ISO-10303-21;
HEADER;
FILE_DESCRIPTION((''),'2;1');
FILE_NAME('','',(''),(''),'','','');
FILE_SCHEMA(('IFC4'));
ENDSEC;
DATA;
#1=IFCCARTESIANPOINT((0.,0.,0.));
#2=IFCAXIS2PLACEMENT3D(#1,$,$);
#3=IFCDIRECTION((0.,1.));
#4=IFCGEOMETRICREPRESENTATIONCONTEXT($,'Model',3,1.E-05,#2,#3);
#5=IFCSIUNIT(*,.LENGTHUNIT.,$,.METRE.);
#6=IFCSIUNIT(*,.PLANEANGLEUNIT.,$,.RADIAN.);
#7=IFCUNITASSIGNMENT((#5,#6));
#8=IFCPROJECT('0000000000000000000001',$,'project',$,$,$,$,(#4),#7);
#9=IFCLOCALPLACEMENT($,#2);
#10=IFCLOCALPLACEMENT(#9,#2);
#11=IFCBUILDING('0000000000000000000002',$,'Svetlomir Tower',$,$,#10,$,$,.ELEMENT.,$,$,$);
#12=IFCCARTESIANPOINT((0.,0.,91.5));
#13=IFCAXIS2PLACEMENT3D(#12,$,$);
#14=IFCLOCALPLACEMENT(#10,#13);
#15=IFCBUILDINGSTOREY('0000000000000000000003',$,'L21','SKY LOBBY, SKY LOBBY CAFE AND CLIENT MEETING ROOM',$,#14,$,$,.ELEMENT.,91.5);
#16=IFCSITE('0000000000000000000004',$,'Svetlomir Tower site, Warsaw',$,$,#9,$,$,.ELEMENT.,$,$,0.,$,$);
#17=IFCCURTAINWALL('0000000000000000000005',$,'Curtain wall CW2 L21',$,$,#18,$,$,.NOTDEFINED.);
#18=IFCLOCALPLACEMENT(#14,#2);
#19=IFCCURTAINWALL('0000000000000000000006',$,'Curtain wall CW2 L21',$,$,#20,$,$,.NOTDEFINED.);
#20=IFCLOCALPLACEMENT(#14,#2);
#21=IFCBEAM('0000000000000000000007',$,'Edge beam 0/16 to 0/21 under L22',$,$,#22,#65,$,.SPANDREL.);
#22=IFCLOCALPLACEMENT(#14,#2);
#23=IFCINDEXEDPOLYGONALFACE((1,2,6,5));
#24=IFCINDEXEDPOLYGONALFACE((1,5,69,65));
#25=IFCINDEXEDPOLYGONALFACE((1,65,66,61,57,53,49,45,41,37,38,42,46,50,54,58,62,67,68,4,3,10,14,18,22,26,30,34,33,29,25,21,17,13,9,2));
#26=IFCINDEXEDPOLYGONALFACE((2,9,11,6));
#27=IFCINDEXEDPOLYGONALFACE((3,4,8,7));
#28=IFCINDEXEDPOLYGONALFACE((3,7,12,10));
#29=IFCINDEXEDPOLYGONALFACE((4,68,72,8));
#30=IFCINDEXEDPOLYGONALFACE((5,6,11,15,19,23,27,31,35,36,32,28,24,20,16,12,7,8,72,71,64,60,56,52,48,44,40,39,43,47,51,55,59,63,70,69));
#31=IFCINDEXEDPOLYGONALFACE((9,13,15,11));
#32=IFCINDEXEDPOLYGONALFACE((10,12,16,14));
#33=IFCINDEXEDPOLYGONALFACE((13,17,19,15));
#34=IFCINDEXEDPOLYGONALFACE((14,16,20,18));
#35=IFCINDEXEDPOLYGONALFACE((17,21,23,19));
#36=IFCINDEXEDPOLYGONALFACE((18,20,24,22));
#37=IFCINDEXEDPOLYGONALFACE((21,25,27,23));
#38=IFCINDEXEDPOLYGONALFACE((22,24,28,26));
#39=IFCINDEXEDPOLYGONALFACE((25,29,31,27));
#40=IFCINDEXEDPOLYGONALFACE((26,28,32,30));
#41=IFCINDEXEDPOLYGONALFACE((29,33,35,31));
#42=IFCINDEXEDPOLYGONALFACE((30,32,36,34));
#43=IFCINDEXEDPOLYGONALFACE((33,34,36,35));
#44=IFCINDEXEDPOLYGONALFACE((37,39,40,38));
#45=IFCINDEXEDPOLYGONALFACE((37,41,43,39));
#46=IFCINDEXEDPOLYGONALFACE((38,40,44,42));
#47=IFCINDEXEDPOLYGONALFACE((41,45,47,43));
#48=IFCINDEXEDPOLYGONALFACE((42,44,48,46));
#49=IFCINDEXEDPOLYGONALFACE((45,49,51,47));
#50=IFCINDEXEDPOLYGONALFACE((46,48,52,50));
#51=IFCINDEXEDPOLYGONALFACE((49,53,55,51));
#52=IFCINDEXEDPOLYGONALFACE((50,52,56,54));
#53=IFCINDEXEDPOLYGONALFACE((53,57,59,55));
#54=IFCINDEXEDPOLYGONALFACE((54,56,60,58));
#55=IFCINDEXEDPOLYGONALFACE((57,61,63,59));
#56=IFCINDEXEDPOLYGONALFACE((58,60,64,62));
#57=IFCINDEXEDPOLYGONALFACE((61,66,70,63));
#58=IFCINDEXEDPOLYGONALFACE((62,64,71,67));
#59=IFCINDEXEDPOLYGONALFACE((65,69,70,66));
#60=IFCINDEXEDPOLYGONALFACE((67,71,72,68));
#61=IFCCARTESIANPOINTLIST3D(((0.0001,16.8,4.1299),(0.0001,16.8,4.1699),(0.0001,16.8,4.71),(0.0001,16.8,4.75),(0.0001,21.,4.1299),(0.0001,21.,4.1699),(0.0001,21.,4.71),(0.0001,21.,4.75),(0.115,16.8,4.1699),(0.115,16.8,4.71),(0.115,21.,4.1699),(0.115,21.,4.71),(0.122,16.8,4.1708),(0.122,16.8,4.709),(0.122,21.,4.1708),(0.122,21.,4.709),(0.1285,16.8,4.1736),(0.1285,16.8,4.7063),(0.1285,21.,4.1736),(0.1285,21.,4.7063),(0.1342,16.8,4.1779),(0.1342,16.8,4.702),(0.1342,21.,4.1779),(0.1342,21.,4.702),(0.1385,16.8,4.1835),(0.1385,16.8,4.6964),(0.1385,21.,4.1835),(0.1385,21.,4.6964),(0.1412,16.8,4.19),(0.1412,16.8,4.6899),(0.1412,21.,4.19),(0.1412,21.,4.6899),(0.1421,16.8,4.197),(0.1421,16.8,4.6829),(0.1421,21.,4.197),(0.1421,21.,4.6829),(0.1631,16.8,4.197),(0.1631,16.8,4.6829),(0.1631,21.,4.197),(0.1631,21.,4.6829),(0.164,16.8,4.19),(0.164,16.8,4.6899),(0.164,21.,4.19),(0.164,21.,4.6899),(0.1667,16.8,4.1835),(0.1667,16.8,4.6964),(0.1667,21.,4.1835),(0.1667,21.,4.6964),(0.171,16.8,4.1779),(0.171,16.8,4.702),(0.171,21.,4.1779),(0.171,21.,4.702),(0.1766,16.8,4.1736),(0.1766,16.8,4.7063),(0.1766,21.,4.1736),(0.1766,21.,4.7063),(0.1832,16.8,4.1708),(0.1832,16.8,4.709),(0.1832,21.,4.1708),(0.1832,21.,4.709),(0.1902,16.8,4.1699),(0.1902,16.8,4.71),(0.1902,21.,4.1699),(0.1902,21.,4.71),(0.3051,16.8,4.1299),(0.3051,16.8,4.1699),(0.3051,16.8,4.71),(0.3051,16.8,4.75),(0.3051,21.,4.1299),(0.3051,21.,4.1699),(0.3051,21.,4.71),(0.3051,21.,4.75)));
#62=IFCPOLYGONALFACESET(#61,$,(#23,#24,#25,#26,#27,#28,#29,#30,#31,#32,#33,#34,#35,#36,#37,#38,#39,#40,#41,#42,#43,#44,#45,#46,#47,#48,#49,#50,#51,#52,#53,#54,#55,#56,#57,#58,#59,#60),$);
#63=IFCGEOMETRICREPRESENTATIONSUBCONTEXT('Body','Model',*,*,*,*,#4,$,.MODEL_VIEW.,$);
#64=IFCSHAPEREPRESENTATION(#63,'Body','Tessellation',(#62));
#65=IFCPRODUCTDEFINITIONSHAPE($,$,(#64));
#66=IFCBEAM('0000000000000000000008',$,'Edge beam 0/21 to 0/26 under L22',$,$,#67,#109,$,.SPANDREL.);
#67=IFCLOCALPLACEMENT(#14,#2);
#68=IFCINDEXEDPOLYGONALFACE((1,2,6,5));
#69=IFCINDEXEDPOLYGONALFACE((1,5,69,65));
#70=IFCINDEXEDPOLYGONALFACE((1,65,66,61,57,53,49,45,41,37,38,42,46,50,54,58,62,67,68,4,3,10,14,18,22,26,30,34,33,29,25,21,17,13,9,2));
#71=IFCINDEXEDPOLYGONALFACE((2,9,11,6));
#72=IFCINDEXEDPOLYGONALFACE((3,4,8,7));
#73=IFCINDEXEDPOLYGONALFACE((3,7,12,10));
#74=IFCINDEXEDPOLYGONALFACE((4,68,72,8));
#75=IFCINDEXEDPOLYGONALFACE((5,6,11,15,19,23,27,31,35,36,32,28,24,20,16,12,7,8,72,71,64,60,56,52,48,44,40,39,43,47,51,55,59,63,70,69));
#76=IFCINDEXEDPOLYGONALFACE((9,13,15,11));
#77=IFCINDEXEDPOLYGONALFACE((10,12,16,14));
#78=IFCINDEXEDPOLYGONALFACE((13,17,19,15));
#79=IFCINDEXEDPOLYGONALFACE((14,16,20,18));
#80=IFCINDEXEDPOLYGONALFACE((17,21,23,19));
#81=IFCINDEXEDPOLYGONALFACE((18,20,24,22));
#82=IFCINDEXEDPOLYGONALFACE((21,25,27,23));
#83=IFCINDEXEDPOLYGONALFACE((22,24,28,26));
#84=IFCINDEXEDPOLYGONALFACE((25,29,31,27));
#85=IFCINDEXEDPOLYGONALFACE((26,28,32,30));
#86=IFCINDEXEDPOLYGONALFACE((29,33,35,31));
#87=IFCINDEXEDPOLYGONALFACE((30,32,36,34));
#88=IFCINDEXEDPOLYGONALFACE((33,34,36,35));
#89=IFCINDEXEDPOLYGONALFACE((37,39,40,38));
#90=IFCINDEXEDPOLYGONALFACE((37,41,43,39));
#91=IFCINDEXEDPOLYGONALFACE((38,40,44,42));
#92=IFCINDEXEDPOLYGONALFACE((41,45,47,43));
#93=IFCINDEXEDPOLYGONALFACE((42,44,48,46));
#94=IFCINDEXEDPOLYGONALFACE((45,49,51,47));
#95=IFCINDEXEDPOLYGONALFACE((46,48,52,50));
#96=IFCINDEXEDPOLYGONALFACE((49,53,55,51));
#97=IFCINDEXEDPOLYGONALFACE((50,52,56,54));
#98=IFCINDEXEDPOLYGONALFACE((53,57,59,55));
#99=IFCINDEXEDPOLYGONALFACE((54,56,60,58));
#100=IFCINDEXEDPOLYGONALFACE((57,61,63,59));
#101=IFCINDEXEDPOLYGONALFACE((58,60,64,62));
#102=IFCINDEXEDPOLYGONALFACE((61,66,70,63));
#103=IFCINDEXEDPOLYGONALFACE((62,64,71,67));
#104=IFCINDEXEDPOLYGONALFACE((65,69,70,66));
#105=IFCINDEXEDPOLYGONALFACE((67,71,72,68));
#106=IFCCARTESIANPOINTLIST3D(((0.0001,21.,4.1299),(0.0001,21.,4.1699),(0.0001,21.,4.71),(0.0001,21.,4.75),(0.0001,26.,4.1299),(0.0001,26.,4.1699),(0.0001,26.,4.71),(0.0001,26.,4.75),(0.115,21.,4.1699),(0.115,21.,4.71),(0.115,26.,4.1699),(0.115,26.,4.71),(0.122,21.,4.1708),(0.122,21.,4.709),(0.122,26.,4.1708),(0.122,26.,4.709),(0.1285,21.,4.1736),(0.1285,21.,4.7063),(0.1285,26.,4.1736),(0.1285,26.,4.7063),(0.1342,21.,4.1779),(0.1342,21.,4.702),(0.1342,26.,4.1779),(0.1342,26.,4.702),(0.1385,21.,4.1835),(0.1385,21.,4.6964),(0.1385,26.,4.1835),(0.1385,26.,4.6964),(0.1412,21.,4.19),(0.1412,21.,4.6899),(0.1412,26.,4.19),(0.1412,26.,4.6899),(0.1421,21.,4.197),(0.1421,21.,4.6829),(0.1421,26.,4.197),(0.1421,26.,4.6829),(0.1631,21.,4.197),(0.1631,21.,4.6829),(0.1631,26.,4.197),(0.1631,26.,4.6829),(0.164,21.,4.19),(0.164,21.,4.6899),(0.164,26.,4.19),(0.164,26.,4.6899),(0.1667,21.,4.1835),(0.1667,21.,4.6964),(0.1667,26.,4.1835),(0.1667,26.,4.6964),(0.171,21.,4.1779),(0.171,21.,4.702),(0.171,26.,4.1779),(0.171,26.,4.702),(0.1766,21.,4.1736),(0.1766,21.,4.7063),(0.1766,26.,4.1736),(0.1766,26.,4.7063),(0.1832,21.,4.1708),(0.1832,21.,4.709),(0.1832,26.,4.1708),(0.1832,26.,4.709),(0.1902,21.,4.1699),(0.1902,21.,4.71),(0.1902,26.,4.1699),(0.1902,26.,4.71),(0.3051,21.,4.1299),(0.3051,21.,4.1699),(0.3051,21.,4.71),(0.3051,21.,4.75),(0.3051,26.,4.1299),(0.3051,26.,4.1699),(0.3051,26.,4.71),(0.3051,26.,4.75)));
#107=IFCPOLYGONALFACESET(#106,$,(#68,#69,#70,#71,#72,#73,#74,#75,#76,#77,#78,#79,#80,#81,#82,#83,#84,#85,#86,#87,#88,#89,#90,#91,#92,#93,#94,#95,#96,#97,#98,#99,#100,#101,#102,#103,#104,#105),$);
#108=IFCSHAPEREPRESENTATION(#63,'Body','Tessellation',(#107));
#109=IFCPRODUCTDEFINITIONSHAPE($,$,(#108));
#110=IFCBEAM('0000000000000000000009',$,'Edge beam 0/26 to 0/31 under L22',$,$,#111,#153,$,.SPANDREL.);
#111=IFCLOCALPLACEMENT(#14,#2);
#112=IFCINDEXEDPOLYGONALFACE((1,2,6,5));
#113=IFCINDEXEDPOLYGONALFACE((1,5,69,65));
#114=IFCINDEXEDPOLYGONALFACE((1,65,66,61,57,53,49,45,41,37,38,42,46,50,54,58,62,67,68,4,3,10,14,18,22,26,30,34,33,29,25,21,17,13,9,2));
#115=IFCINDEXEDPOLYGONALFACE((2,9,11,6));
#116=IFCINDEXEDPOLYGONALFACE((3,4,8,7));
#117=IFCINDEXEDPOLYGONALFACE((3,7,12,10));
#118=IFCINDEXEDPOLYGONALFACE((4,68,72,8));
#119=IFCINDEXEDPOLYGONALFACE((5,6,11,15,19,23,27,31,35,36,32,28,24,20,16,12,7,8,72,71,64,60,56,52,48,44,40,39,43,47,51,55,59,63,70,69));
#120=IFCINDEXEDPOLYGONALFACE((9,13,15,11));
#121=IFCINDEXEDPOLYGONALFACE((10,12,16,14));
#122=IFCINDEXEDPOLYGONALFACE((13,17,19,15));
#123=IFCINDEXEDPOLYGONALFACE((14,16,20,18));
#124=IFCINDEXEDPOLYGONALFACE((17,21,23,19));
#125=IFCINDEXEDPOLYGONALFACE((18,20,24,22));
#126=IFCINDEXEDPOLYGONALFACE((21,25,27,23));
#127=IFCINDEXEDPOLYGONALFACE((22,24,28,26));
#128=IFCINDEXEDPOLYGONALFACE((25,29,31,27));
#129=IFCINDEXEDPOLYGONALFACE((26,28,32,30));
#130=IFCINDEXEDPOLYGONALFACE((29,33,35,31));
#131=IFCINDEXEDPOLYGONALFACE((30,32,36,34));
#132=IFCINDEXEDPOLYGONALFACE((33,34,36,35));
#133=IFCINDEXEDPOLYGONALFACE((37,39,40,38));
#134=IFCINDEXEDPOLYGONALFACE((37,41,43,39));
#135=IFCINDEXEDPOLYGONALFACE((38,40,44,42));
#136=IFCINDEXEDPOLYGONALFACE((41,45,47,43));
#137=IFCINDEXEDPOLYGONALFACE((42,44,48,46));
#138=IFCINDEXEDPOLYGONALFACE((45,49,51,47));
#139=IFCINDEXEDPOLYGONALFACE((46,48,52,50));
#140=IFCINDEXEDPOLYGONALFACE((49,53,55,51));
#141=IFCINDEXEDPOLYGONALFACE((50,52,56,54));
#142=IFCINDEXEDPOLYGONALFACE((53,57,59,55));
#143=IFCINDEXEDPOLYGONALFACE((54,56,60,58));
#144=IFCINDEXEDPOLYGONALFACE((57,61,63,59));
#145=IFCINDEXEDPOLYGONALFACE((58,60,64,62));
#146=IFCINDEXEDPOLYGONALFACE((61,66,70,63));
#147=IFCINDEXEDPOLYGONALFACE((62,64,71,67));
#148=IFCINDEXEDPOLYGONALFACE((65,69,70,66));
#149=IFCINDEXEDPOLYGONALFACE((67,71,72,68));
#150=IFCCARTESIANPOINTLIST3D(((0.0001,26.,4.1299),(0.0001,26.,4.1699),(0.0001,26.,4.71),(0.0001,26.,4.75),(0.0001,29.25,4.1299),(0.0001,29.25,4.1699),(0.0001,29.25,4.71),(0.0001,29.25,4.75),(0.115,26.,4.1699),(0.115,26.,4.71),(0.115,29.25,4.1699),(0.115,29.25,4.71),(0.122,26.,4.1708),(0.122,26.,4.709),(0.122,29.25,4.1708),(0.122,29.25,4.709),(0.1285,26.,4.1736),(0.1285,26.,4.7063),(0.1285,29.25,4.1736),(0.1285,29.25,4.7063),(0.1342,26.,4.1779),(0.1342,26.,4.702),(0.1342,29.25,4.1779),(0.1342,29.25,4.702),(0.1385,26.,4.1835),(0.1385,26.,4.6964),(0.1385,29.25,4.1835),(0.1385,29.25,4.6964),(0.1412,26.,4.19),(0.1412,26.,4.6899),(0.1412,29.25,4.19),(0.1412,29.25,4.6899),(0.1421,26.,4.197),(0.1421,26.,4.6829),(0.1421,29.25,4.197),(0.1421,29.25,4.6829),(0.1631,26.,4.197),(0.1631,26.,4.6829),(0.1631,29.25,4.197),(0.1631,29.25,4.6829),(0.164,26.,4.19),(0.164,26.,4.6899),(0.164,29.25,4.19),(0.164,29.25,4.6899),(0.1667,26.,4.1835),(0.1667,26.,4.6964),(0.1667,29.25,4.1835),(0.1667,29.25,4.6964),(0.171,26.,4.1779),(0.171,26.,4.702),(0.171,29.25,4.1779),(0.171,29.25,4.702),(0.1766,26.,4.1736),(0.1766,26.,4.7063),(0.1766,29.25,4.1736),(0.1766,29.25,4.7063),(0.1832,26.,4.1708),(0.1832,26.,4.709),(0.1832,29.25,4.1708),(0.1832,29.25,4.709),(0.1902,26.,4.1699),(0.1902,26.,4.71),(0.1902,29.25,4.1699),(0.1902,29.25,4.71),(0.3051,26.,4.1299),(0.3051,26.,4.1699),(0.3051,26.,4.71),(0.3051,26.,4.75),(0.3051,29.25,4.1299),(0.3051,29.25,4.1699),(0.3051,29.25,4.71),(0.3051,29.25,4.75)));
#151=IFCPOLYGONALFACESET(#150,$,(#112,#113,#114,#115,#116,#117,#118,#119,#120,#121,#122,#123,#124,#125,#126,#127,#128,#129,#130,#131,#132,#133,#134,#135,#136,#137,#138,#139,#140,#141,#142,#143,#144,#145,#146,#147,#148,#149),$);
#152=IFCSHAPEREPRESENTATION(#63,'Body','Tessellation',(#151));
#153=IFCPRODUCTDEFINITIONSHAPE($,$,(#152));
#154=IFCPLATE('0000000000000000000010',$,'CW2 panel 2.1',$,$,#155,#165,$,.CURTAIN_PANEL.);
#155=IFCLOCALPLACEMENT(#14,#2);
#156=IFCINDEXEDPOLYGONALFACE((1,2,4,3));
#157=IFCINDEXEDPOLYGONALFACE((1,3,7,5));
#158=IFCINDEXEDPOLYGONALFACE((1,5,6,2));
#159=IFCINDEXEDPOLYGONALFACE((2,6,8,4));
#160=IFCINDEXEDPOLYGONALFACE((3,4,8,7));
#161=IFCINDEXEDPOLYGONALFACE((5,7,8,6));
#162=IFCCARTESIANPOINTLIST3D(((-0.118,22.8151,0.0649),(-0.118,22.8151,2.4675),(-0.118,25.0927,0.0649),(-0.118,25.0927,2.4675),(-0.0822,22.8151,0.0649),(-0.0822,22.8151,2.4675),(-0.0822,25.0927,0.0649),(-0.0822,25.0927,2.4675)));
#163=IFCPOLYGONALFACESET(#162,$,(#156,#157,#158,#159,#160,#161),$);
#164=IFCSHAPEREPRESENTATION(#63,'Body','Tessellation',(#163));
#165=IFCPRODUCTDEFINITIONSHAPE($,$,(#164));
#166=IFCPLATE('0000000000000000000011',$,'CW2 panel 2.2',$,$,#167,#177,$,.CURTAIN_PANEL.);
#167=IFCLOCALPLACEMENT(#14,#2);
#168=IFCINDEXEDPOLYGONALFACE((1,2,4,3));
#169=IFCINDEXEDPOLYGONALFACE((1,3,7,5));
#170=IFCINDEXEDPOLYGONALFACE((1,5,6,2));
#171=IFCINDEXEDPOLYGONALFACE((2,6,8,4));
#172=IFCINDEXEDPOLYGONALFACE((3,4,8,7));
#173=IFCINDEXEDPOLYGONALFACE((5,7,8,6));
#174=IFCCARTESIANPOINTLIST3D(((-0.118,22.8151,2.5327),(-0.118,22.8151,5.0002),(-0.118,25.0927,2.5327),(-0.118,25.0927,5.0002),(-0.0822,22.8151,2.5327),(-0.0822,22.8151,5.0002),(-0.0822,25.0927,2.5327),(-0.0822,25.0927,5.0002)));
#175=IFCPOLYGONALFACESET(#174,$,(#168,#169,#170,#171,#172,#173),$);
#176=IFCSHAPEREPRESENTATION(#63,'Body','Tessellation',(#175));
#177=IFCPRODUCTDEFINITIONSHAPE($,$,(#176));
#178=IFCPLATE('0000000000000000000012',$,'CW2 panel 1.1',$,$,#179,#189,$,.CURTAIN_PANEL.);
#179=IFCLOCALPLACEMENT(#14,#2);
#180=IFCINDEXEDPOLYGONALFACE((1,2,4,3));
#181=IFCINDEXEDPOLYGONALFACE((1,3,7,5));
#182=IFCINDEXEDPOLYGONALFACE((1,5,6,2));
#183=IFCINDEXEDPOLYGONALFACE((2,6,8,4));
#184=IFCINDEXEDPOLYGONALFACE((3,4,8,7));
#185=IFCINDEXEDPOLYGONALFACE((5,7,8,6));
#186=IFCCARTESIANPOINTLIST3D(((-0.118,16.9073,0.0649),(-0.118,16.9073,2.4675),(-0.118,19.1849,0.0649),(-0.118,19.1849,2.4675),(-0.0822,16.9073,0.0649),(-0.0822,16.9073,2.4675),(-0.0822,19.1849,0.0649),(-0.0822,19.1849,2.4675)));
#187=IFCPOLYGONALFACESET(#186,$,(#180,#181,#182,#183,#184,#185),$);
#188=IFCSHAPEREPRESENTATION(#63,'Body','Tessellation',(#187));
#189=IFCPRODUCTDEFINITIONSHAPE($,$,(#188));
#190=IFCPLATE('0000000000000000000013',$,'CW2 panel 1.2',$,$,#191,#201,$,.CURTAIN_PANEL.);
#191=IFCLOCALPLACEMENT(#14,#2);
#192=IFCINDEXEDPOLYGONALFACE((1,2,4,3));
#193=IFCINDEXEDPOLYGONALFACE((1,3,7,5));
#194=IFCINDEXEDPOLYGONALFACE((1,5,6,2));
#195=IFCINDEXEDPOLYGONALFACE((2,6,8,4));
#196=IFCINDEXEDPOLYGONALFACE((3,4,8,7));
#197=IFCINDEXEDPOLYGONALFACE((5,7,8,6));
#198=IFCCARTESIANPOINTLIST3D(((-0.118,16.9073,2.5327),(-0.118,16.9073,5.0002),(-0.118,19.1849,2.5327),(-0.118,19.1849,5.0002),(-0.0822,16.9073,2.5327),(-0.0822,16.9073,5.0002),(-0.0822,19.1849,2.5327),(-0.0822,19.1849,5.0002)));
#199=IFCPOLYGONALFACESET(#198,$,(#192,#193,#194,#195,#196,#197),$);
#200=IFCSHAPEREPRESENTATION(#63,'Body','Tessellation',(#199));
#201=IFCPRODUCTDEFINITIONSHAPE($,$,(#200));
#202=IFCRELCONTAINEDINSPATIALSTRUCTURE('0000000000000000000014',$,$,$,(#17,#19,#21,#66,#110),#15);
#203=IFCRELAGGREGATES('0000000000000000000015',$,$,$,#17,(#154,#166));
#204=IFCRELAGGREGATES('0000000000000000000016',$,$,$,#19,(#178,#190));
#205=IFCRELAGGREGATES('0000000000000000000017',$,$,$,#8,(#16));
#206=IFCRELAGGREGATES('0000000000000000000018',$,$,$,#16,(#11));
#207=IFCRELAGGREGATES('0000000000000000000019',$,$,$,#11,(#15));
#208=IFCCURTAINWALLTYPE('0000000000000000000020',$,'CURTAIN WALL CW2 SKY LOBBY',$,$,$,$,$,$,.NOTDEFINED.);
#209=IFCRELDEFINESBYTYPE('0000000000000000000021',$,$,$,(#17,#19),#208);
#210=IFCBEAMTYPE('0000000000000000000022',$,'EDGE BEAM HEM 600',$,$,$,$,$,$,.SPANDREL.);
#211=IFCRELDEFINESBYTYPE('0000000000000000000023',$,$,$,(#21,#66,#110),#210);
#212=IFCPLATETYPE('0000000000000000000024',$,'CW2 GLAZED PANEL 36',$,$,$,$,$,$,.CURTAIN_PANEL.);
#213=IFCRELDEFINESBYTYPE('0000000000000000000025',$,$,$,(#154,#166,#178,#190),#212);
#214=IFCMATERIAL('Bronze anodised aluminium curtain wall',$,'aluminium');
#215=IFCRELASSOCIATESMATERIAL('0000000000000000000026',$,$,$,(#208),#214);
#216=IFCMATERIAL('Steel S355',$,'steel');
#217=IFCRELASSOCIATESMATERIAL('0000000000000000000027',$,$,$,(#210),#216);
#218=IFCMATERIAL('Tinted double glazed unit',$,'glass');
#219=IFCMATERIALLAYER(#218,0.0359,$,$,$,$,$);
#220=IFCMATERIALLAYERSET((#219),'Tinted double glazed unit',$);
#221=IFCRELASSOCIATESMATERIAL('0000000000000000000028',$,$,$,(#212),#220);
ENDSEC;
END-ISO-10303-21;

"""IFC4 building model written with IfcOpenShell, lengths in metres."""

from ifc_helpers import new_model, si_unit, direction, frame, origin, origin_2d, place, context, subcontext, project, spatial, rectangle, i_section, extrude, material, layer, layer_set, material_profile, profile_set, type_object, element, aggregate, save


model = new_model("IFC4")

# Units and contexts
model_context = context("Model", 3, precision=1e-05, world=origin(), true_north=direction((0.0, 1.0)))
body_context = subcontext(model_context, "Body", "Model", "MODEL_VIEW")
ifc_project = project(units=[si_unit("LENGTHUNIT", "METRE"), si_unit("PLANEANGLEUNIT", "RADIAN")], contexts=[model_context])

# Site, building, storey
site_placement = place(None, origin())
site = spatial("IfcSite", under=ifc_project, at=site_placement, Name="Svetlomir Tower site, Warsaw", CompositionType="ELEMENT", RefElevation=0.0)
building_placement = place(site_placement, origin())
building = spatial("IfcBuilding", under=site, at=building_placement, Name="Svetlomir Tower", CompositionType="ELEMENT")
storey_placement = place(building_placement, frame((0.0, 0.0, 91.5)))
storey = spatial("IfcBuildingStorey", under=building, at=storey_placement, Name="L21", Description="SKY LOBBY, SKY LOBBY CAFE AND CLIENT MEETING ROOM", CompositionType="ELEMENT", Elevation=91.5)

# Curtain walls
ifc_material_1 = material(Name="Bronze anodised aluminium curtain wall", Category="aluminium")
curtain_wall_type = type_object("IfcCurtainWallType", Name="CURTAIN WALL CW2 SKY LOBBY", PredefinedType="NOTDEFINED", material=ifc_material_1)
curtain_wall_1_placement = place(storey_placement, origin())
curtain_wall_1 = element("IfcCurtainWall", 1, at=curtain_wall_1_placement, inside=storey, type_object=curtain_wall_type, Name="Curtain wall CW2 L21", PredefinedType="NOTDEFINED")
curtain_wall_2_placement = place(storey_placement, origin())
curtain_wall_2 = element("IfcCurtainWall", 2, at=curtain_wall_2_placement, inside=storey, type_object=curtain_wall_type, Name="Curtain wall CW2 L21", PredefinedType="NOTDEFINED")

# Beams
ifc_material_2 = material(Name="Steel S355", Category="steel")
ifc_material_profile_1 = material_profile(ifc_material_2, i_section(OverallWidth=0.3049, OverallDepth=0.6201, WebThickness=0.021, FlangeThickness=0.04, FilletRadius=0.0271, at=origin_2d()), Name="HEM 600")
ifc_profile_set_1 = profile_set([ifc_material_profile_1], Name="Steel S355")
beam_type = type_object("IfcBeamType", Name="EDGE BEAM HEM 600", PredefinedType="SPANDREL", material=ifc_profile_set_1)
beam_1_placement = place(storey_placement, frame((0.1526, 16.8, 4.4399), z_axis=(0.0, 1.0, 0.0), x_axis=(-1.0, 0.0, 0.0)))
element("IfcBeam", 3, at=beam_1_placement, inside=storey, type_object=beam_type, Name="Edge beam 0/16 to 0/21 under L22", PredefinedType="SPANDREL", context=body_context, shape_type="SweptSolid", body=[
    extrude(i_section(OverallWidth=0.3049, OverallDepth=0.6201, WebThickness=0.021, FlangeThickness=0.04, FilletRadius=0.0271, at=origin_2d()), origin(), (0.0, 0.0, 1.0), 4.2),
])
beam_2_placement = place(storey_placement, frame((0.1526, 21.0, 4.4399), z_axis=(0.0, 1.0, 0.0), x_axis=(-1.0, 0.0, 0.0)))
element("IfcBeam", 4, at=beam_2_placement, inside=storey, type_object=beam_type, Name="Edge beam 0/21 to 0/26 under L22", PredefinedType="SPANDREL", context=body_context, shape_type="SweptSolid", body=[
    extrude(i_section(OverallWidth=0.3049, OverallDepth=0.6201, WebThickness=0.021, FlangeThickness=0.04, FilletRadius=0.0271, at=origin_2d()), origin(), (0.0, 0.0, 1.0), 5.0),
])
beam_3_placement = place(storey_placement, frame((0.1526, 26.0, 4.4399), z_axis=(0.0, 1.0, 0.0), x_axis=(-1.0, 0.0, 0.0)))
element("IfcBeam", 5, at=beam_3_placement, inside=storey, type_object=beam_type, Name="Edge beam 0/26 to 0/31 under L22", PredefinedType="SPANDREL", context=body_context, shape_type="SweptSolid", body=[
    extrude(i_section(OverallWidth=0.3049, OverallDepth=0.6201, WebThickness=0.021, FlangeThickness=0.04, FilletRadius=0.0271, at=origin_2d()), origin(), (0.0, 0.0, 1.0), 3.25),
])

# Plates
ifc_material_3 = material(Name="Tinted double glazed unit", Category="glass")
ifc_layer = layer(ifc_material_3, 0.0359)
ifc_layer_set = layer_set([ifc_layer], Name="Tinted double glazed unit")
plate_type = type_object("IfcPlateType", Name="CW2 GLAZED PANEL 36", PredefinedType="CURTAIN_PANEL", material=ifc_layer_set)
plate_1_placement = place(storey_placement, frame((-0.1001, 23.9539, 0.0649), z_axis=(0.0, 0.0, 1.0), x_axis=(0.0, -1.0, 0.0)))
plate_1 = element("IfcPlate", 6, at=plate_1_placement, type_object=plate_type, Name="CW2 panel 2.1", PredefinedType="CURTAIN_PANEL", context=body_context, shape_type="SweptSolid", body=[
    extrude(rectangle(XDim=2.2776, YDim=0.0359, at=origin_2d()), origin(), (0.0, 0.0, 1.0), 2.4026),
])
plate_2_placement = place(storey_placement, frame((-0.1001, 23.9539, 2.5327), z_axis=(0.0, 0.0, 1.0), x_axis=(0.0, -1.0, 0.0)))
plate_2 = element("IfcPlate", 7, at=plate_2_placement, type_object=plate_type, Name="CW2 panel 2.2", PredefinedType="CURTAIN_PANEL", context=body_context, shape_type="SweptSolid", body=[
    extrude(rectangle(XDim=2.2776, YDim=0.0359, at=origin_2d()), origin(), (0.0, 0.0, 1.0), 2.4675),
])
aggregate(curtain_wall_1, [plate_1, plate_2])
plate_3_placement = place(storey_placement, frame((-0.1001, 18.0461, 0.0649), z_axis=(0.0, 0.0, 1.0), x_axis=(0.0, -1.0, 0.0)))
plate_3 = element("IfcPlate", 8, at=plate_3_placement, type_object=plate_type, Name="CW2 panel 1.1", PredefinedType="CURTAIN_PANEL", context=body_context, shape_type="SweptSolid", body=[
    extrude(rectangle(XDim=2.2776, YDim=0.0359, at=origin_2d()), origin(), (0.0, 0.0, 1.0), 2.4026),
])
plate_4_placement = place(storey_placement, frame((-0.1001, 18.0461, 2.5327), z_axis=(0.0, 0.0, 1.0), x_axis=(0.0, -1.0, 0.0)))
plate_4 = element("IfcPlate", 9, at=plate_4_placement, type_object=plate_type, Name="CW2 panel 1.2", PredefinedType="CURTAIN_PANEL", context=body_context, shape_type="SweptSolid", body=[
    extrude(rectangle(XDim=2.2776, YDim=0.0359, at=origin_2d()), origin(), (0.0, 0.0, 1.0), 2.4675),
])
aggregate(curtain_wall_2, [plate_3, plate_4])

save(model, "model.ifc")
